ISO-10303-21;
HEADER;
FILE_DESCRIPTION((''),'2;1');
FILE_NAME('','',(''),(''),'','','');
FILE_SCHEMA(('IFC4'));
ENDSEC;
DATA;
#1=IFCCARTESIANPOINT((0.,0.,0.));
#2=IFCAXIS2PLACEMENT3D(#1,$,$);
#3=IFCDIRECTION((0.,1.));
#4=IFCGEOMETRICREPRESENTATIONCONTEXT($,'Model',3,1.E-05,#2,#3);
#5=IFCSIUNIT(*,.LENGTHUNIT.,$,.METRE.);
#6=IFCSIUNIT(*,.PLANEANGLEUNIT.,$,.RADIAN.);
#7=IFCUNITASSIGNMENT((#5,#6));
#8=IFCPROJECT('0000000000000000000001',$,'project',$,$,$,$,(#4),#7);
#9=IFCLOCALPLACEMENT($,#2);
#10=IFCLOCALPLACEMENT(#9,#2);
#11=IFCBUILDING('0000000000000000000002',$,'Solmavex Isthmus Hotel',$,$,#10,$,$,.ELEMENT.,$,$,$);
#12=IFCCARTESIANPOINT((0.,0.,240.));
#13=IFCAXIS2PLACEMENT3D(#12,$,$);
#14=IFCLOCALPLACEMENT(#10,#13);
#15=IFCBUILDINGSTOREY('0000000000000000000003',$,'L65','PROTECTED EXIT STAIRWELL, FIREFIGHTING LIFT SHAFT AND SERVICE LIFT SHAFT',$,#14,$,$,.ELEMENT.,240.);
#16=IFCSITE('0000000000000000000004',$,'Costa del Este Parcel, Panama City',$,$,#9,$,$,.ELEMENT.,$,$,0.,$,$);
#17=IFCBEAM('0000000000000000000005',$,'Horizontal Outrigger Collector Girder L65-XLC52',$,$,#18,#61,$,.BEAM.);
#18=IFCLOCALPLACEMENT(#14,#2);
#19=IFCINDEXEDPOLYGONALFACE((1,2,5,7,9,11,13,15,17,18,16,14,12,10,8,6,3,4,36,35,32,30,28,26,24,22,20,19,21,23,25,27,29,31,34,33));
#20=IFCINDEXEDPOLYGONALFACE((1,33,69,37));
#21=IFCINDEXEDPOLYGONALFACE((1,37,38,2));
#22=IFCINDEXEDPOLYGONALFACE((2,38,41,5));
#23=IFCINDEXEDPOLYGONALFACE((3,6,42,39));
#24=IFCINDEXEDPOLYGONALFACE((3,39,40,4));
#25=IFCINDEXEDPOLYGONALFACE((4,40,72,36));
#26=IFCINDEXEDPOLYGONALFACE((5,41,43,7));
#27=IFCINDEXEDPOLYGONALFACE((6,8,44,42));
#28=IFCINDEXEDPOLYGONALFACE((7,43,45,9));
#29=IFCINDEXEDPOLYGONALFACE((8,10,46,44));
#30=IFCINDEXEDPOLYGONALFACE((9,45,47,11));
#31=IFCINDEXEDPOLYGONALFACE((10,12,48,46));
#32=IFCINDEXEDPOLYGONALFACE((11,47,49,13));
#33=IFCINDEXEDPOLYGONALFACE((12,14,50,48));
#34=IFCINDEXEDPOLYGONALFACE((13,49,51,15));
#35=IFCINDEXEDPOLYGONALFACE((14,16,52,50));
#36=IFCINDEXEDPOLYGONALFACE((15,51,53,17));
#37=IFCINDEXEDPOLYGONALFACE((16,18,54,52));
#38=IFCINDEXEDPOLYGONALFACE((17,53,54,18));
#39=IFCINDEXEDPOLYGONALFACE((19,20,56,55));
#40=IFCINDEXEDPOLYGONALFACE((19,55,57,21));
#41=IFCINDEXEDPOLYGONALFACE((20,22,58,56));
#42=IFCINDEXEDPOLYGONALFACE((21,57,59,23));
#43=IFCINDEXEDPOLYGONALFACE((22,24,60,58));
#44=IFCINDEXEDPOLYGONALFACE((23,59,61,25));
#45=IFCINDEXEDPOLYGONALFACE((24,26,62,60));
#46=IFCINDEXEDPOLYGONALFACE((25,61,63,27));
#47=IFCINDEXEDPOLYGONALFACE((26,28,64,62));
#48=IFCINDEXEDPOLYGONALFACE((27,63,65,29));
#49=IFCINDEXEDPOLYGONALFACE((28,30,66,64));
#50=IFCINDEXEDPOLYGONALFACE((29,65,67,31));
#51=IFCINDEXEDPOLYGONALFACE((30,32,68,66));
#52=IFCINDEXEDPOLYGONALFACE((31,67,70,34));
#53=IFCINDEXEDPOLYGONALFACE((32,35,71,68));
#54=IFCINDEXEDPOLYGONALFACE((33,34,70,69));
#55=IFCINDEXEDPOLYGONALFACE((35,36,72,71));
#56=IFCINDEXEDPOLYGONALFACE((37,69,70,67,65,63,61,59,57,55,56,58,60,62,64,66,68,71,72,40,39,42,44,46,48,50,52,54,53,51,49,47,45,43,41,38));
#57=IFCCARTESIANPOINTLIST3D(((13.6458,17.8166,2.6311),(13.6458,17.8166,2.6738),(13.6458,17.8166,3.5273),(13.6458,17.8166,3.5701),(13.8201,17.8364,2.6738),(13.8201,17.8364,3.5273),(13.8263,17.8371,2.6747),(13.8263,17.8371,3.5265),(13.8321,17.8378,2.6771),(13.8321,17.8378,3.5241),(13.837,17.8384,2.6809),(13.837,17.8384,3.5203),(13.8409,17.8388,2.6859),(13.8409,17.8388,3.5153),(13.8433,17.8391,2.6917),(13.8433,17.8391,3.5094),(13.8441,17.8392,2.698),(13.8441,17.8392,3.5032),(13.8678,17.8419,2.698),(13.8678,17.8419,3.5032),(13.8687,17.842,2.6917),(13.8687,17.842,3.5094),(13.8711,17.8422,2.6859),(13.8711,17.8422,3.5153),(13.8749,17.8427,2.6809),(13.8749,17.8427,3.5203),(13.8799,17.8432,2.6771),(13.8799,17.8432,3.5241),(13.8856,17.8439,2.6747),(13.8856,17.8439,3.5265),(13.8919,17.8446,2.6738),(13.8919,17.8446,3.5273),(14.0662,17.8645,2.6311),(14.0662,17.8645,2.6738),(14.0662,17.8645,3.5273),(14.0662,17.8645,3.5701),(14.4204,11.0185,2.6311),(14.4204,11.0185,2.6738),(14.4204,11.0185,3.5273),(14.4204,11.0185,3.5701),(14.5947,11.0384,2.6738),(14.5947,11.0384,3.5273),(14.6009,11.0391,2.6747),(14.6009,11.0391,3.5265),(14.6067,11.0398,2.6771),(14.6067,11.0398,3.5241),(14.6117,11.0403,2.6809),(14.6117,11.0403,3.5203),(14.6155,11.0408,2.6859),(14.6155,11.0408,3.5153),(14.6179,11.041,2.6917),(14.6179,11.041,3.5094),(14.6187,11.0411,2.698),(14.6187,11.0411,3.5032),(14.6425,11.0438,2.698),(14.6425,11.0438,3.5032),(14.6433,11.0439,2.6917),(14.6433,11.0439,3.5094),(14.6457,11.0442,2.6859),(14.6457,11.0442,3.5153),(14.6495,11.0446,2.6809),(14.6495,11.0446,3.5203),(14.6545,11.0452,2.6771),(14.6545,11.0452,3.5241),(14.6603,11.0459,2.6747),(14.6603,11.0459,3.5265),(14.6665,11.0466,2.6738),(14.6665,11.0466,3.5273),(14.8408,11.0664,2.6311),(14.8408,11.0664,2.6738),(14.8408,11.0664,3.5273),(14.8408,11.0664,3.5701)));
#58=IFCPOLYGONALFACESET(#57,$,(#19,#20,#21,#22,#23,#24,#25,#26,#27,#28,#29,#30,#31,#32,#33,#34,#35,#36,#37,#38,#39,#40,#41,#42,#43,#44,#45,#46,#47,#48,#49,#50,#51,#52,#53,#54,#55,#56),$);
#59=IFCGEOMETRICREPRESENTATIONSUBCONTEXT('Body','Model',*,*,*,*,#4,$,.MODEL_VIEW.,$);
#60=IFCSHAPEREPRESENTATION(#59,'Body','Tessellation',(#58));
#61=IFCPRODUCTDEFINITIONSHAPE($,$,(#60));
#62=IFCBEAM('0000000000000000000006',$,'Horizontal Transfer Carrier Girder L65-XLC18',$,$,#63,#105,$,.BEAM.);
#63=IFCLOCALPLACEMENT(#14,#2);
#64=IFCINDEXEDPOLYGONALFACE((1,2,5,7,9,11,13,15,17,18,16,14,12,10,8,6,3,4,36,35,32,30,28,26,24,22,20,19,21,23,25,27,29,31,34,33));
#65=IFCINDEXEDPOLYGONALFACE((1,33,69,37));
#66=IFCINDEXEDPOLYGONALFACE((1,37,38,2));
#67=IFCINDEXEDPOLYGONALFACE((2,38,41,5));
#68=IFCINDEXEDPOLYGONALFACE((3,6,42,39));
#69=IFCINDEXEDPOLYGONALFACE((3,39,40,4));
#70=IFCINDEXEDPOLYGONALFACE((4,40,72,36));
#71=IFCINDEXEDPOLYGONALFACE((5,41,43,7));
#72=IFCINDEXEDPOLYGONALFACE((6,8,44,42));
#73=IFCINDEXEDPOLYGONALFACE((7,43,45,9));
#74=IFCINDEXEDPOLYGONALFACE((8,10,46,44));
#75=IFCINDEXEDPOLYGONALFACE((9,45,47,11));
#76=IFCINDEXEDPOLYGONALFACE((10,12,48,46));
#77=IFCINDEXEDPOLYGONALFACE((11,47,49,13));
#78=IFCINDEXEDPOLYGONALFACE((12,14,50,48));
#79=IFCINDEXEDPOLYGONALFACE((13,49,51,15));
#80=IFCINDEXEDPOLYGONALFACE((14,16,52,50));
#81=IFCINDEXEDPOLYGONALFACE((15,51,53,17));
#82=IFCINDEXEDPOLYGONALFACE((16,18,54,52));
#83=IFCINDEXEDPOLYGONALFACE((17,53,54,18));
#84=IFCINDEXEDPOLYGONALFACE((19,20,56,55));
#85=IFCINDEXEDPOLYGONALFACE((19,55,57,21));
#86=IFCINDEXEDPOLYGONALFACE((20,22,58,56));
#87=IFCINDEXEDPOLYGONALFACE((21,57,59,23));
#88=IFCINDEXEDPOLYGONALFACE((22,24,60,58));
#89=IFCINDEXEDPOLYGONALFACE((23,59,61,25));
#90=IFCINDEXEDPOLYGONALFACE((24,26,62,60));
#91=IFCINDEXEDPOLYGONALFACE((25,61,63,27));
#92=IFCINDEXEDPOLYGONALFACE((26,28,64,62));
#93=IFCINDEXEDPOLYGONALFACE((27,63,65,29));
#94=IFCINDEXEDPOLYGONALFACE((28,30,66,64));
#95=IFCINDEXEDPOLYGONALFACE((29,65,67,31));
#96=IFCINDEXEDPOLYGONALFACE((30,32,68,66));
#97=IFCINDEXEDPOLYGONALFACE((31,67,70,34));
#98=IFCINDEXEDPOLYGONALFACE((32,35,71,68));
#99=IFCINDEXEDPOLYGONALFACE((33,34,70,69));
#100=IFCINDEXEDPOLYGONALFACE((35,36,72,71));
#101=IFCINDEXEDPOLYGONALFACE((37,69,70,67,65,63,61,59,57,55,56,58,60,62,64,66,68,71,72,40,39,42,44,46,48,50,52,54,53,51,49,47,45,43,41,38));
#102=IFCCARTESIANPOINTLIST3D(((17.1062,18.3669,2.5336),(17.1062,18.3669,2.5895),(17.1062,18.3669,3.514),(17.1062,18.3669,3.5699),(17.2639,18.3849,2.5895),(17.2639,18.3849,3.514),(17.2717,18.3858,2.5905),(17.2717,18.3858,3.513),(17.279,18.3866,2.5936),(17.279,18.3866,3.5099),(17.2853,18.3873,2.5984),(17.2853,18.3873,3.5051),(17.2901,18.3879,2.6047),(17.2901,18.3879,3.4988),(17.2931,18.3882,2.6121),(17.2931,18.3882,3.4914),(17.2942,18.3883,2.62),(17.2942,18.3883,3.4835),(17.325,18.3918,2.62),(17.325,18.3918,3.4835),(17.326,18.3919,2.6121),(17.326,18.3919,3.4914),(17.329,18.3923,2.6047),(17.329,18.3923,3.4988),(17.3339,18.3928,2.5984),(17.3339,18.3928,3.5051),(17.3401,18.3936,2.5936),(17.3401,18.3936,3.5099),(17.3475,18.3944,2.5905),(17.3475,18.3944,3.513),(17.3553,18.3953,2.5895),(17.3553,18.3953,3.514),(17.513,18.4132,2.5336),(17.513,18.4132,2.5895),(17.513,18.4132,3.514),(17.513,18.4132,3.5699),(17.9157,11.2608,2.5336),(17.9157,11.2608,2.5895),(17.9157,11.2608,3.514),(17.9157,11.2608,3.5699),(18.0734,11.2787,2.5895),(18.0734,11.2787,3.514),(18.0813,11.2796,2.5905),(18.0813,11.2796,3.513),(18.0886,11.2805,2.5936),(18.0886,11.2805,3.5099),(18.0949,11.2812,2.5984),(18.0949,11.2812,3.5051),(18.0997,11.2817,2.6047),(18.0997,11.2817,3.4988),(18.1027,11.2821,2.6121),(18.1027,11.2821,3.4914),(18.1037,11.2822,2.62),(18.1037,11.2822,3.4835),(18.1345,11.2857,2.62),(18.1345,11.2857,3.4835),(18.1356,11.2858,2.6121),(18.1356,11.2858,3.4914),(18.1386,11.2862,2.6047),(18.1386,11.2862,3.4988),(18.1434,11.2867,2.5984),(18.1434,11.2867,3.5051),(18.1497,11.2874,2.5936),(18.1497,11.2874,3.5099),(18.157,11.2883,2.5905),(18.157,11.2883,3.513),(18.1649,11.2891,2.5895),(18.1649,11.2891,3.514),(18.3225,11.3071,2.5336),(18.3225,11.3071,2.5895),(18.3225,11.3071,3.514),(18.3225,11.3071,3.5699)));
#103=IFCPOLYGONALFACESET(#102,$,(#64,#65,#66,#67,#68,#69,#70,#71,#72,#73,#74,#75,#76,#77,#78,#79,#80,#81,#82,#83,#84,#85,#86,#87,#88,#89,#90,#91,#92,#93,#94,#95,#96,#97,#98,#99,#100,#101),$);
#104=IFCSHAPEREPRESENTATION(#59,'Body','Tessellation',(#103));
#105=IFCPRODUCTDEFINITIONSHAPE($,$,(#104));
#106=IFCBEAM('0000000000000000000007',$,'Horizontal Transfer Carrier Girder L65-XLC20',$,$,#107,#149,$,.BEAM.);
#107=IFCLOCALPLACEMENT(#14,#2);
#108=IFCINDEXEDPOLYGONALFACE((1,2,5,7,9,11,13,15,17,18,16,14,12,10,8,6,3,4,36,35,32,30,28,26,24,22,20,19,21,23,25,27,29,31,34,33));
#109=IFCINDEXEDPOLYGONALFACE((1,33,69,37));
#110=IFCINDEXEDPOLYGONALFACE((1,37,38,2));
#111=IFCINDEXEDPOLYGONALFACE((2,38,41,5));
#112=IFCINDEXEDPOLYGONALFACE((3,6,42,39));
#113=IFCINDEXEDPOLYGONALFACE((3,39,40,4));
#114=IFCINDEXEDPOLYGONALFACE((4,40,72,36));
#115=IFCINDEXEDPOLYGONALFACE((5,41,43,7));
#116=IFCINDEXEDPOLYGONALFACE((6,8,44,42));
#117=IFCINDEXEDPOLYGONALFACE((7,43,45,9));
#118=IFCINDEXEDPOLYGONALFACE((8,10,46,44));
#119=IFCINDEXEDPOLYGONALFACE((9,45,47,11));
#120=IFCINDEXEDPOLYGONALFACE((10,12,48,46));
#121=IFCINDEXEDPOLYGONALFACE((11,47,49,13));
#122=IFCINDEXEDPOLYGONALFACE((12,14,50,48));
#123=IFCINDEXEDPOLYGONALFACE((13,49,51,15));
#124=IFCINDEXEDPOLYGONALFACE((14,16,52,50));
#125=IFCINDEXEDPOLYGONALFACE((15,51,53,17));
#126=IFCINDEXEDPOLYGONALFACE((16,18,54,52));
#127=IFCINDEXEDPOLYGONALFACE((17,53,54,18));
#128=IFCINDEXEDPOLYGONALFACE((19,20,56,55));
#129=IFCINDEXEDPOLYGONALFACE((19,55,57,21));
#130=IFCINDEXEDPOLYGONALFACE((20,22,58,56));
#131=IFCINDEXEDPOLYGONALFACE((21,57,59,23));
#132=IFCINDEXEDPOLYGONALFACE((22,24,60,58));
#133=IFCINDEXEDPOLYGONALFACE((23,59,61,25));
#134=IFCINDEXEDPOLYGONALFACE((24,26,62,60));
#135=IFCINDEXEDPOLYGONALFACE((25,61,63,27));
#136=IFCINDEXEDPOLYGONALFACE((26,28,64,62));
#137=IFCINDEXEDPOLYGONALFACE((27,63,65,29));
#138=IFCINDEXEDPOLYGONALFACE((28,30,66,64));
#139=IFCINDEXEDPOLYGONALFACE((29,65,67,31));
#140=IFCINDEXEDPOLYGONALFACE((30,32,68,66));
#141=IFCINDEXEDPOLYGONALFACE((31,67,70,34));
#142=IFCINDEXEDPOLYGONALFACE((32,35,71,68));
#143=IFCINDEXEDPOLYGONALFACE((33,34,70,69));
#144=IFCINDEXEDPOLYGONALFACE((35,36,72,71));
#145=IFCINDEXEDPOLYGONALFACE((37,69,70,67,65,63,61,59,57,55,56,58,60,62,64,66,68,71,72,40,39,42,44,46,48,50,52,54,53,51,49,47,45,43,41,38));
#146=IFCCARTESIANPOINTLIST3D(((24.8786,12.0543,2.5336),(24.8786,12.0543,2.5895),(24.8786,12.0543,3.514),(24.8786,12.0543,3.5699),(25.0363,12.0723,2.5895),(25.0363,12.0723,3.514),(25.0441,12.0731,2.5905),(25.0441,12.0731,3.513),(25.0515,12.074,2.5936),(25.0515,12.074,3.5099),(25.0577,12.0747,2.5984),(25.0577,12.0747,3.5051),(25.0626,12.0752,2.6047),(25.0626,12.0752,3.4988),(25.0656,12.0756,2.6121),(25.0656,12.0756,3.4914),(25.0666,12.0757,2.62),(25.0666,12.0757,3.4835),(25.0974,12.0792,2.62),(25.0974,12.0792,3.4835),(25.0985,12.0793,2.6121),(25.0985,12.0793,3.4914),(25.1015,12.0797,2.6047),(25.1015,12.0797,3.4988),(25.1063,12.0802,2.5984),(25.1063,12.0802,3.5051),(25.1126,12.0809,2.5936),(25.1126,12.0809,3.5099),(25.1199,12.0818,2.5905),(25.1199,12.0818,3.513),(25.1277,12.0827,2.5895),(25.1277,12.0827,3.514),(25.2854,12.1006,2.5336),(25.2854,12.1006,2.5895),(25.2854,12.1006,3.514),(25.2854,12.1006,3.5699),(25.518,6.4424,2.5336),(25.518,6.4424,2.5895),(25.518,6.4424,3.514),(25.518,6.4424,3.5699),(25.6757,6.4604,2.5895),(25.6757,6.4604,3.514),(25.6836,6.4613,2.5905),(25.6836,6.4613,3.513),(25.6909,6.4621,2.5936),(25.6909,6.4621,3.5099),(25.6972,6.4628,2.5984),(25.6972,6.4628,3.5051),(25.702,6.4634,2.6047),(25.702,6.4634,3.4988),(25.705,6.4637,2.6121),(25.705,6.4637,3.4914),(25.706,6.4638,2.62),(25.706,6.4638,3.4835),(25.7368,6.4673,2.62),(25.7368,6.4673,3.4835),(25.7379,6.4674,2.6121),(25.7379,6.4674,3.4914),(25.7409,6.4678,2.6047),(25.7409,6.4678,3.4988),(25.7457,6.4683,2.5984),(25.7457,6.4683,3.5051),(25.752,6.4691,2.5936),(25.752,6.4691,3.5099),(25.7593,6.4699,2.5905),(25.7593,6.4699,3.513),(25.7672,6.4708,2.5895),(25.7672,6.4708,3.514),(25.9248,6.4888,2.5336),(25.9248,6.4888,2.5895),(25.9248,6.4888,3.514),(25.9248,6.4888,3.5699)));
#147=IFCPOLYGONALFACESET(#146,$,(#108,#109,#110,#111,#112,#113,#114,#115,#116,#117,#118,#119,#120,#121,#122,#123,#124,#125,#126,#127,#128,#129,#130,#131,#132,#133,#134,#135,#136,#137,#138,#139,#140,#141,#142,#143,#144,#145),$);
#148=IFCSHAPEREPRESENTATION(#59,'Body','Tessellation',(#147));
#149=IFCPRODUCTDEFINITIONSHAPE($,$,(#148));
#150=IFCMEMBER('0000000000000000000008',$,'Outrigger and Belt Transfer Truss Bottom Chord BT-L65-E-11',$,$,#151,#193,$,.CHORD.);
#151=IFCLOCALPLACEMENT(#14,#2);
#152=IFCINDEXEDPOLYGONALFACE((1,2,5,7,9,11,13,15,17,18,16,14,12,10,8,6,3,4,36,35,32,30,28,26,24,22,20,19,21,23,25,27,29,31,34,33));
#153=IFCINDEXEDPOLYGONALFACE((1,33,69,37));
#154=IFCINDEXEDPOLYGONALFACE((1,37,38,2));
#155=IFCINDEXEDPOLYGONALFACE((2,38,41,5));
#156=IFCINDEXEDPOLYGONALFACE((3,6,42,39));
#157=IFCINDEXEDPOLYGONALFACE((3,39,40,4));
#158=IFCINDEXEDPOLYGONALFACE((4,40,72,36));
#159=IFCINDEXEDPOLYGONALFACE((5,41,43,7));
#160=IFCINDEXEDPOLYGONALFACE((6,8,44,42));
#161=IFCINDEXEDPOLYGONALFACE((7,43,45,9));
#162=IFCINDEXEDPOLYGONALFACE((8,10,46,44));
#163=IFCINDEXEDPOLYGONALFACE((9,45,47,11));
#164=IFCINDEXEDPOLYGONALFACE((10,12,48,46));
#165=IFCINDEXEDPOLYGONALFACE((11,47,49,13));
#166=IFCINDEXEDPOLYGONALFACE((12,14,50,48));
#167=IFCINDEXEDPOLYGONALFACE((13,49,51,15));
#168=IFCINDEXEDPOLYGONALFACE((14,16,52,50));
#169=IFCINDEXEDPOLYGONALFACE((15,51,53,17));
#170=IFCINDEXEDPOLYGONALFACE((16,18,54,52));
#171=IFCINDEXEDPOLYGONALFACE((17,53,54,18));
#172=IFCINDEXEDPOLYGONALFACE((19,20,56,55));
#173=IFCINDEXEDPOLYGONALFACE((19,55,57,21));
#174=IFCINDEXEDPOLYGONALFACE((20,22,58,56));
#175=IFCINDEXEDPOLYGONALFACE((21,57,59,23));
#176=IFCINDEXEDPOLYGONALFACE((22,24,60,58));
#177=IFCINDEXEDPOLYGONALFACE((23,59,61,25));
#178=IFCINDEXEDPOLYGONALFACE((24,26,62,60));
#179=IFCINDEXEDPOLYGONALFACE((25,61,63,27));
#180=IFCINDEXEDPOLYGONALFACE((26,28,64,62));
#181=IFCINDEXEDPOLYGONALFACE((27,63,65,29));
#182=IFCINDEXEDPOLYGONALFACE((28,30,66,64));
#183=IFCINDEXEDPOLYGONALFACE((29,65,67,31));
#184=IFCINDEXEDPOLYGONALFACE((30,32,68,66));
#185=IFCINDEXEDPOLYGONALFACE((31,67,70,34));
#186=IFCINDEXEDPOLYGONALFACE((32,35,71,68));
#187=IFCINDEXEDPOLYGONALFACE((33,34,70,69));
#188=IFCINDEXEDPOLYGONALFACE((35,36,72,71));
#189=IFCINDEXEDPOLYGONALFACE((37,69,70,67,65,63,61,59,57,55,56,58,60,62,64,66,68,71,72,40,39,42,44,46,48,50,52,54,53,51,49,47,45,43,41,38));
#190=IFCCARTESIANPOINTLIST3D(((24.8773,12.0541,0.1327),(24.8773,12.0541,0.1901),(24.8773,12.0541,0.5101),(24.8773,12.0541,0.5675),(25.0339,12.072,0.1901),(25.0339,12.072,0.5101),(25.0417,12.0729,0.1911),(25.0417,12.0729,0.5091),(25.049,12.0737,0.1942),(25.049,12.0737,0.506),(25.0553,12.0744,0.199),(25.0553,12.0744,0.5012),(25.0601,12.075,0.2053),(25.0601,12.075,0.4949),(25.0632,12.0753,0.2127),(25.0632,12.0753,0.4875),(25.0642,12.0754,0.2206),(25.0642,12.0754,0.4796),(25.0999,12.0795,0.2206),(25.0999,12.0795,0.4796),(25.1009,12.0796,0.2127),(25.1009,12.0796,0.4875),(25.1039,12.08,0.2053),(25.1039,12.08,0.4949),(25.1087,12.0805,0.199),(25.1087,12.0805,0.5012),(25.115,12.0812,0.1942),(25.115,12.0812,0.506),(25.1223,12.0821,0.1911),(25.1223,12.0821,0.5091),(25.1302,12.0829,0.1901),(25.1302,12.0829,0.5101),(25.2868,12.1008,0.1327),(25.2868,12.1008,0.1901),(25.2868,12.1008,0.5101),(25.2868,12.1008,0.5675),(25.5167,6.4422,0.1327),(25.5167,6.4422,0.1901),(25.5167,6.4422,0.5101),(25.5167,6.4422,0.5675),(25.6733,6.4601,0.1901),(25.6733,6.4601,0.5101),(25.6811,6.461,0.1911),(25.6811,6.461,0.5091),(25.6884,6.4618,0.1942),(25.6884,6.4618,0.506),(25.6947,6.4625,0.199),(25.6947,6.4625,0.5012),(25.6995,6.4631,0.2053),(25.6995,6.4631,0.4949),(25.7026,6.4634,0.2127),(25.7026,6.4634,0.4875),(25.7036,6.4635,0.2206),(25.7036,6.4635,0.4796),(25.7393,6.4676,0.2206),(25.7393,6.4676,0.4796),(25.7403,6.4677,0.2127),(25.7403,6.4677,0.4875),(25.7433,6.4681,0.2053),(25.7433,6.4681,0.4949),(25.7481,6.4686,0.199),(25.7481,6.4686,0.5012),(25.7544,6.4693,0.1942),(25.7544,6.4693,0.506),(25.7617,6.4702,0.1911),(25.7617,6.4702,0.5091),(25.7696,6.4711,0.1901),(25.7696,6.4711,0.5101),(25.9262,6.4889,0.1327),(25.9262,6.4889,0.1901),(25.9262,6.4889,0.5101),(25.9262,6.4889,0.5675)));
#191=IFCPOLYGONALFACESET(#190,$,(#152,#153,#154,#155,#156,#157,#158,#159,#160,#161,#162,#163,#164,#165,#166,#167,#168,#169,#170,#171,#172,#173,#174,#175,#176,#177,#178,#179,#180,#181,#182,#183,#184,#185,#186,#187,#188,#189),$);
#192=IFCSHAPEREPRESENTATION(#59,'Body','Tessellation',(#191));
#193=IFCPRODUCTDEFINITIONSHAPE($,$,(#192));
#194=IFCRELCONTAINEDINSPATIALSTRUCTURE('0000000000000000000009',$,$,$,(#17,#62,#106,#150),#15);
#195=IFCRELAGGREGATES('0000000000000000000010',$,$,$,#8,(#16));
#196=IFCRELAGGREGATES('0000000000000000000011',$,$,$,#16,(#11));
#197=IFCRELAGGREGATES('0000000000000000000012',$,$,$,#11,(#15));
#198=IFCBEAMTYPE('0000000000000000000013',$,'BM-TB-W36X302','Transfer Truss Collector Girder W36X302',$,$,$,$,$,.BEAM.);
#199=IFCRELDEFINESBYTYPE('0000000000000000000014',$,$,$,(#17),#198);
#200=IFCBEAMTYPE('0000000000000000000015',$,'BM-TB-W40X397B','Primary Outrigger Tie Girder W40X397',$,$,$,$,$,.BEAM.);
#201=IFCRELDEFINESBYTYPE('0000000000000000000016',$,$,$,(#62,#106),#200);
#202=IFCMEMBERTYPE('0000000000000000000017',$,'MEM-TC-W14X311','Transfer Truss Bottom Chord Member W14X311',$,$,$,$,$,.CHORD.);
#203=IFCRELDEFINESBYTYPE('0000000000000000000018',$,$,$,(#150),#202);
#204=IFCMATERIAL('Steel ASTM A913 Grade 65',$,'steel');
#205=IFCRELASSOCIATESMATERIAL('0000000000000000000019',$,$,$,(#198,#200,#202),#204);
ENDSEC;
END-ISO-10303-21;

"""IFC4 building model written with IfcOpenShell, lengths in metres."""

from ifc_helpers import new_model, si_unit, direction, frame, origin, origin_2d, place, context, subcontext, project, spatial, i_section, extrude, material, material_profile, profile_set, type_object, element, save


model = new_model("IFC4")

# Units and contexts
model_context = context("Model", 3, precision=1e-05, world=origin(), true_north=direction((0.0, 1.0)))
body_context = subcontext(model_context, "Body", "Model", "MODEL_VIEW")
ifc_project = project(units=[si_unit("LENGTHUNIT", "METRE"), si_unit("PLANEANGLEUNIT", "RADIAN")], contexts=[model_context])

# Site, building, storey
site_placement = place(None, origin())
site = spatial("IfcSite", under=ifc_project, at=site_placement, Name="Costa del Este Parcel, Panama City", CompositionType="ELEMENT", RefElevation=0.0)
building_placement = place(site_placement, origin())
building = spatial("IfcBuilding", under=site, at=building_placement, Name="Solmavex Isthmus Hotel", CompositionType="ELEMENT")
storey_placement = place(building_placement, frame((0.0, 0.0, 240.0)))
storey = spatial("IfcBuildingStorey", under=building, at=storey_placement, Name="L65", Description="PROTECTED EXIT STAIRWELL, FIREFIGHTING LIFT SHAFT AND SERVICE LIFT SHAFT", CompositionType="ELEMENT", Elevation=240.0)

# Shared definitions
ifc_material_1 = material(Name="Steel ASTM A913 Grade 65", Category="steel")

# Beams
ifc_material_profile_1 = material_profile(ifc_material_1, i_section(OverallWidth=0.4231, OverallDepth=0.939, WebThickness=0.0239, FlangeThickness=0.0427, FilletRadius=0.0242, at=origin_2d()), Name="W36X302")
ifc_profile_set_1 = profile_set([ifc_material_profile_1], Name="Steel ASTM A913 Grade 65")
beam_type_1 = type_object("IfcBeamType", Name="BM-TB-W36X302", Description="Transfer Truss Collector Girder W36X302", PredefinedType="BEAM", material=ifc_profile_set_1)
beam_1_placement = place(storey_placement, frame((14.6306, 11.0425, 3.1006), z_axis=(-0.11322, 0.99357, 0.0), x_axis=(-0.99357, -0.11322, 0.0)))
element("IfcBeam", 1, at=beam_1_placement, inside=storey, type_object=beam_type_1, Name="Horizontal Outrigger Collector Girder L65-XLC52", PredefinedType="BEAM", context=body_context, shape_type="SweptSolid", body=[
    extrude(i_section(OverallWidth=0.4231, OverallDepth=0.939, WebThickness=0.0239, FlangeThickness=0.0427, FilletRadius=0.0242, at=origin_2d()), origin(), (0.0, 0.0, 1.0), 6.842),
])
ifc_material_profile_2 = material_profile(ifc_material_1, i_section(OverallWidth=0.4094, OverallDepth=1.0364, WebThickness=0.031, FlangeThickness=0.0559, FilletRadius=0.0305, at=origin_2d()), Name="W40X397")
ifc_profile_set_2 = profile_set([ifc_material_profile_2], Name="Steel ASTM A913 Grade 65")
beam_type_2 = type_object("IfcBeamType", Name="BM-TB-W40X397B", Description="Primary Outrigger Tie Girder W40X397", PredefinedType="BEAM", material=ifc_profile_set_2)
beam_2_placement = place(storey_placement, frame((18.1191, 11.2839, 3.0518), z_axis=(-0.113192, 0.993573, 0.0), x_axis=(-0.993573, -0.113192, 0.0)))
element("IfcBeam", 2, at=beam_2_placement, inside=storey, type_object=beam_type_2, Name="Horizontal Transfer Carrier Girder L65-XLC18", PredefinedType="BEAM", context=body_context, shape_type="SweptSolid", body=[
    extrude(i_section(OverallWidth=0.4094, OverallDepth=1.0364, WebThickness=0.031, FlangeThickness=0.0559, FilletRadius=0.0305, at=origin_2d()), origin(), (0.0, 0.0, 1.0), 7.1521),
])
beam_3_placement = place(storey_placement, frame((25.7214, 6.4656, 3.0518), z_axis=(-0.113206, 0.993571, 0.0), x_axis=(-0.993571, -0.113206, 0.0)))
element("IfcBeam", 3, at=beam_3_placement, inside=storey, type_object=beam_type_2, Name="Horizontal Transfer Carrier Girder L65-XLC20", PredefinedType="BEAM", context=body_context, shape_type="SweptSolid", body=[
    extrude(i_section(OverallWidth=0.4094, OverallDepth=1.0364, WebThickness=0.031, FlangeThickness=0.0559, FilletRadius=0.0305, at=origin_2d()), origin(), (0.0, 0.0, 1.0), 5.6482),
])

# Member
ifc_material_profile_3 = material_profile(ifc_material_1, i_section(OverallWidth=0.4121, OverallDepth=0.4348, WebThickness=0.0359, FlangeThickness=0.0574, FilletRadius=0.0305, at=origin_2d()), Name="W14X311")
ifc_profile_set_3 = profile_set([ifc_material_profile_3], Name="Steel ASTM A913 Grade 65")
member_type_1 = type_object("IfcMemberType", Name="MEM-TC-W14X311", Description="Transfer Truss Bottom Chord Member W14X311", PredefinedType="CHORD", material=ifc_profile_set_3)
member_1_placement = place(storey_placement, frame((25.7214, 6.4656, 0.3501), z_axis=(-0.113206, 0.993571, 0.0), x_axis=(-0.993571, -0.113206, 0.0)))
element("IfcMember", 4, at=member_1_placement, inside=storey, type_object=member_type_1, Name="Outrigger and Belt Transfer Truss Bottom Chord BT-L65-E-11", PredefinedType="CHORD", context=body_context, shape_type="SweptSolid", body=[
    extrude(i_section(OverallWidth=0.4121, OverallDepth=0.4348, WebThickness=0.0359, FlangeThickness=0.0574, FilletRadius=0.0305, at=origin_2d()), origin(), (0.0, 0.0, 1.0), 5.6482),
])

save(model, "model.ifc")
